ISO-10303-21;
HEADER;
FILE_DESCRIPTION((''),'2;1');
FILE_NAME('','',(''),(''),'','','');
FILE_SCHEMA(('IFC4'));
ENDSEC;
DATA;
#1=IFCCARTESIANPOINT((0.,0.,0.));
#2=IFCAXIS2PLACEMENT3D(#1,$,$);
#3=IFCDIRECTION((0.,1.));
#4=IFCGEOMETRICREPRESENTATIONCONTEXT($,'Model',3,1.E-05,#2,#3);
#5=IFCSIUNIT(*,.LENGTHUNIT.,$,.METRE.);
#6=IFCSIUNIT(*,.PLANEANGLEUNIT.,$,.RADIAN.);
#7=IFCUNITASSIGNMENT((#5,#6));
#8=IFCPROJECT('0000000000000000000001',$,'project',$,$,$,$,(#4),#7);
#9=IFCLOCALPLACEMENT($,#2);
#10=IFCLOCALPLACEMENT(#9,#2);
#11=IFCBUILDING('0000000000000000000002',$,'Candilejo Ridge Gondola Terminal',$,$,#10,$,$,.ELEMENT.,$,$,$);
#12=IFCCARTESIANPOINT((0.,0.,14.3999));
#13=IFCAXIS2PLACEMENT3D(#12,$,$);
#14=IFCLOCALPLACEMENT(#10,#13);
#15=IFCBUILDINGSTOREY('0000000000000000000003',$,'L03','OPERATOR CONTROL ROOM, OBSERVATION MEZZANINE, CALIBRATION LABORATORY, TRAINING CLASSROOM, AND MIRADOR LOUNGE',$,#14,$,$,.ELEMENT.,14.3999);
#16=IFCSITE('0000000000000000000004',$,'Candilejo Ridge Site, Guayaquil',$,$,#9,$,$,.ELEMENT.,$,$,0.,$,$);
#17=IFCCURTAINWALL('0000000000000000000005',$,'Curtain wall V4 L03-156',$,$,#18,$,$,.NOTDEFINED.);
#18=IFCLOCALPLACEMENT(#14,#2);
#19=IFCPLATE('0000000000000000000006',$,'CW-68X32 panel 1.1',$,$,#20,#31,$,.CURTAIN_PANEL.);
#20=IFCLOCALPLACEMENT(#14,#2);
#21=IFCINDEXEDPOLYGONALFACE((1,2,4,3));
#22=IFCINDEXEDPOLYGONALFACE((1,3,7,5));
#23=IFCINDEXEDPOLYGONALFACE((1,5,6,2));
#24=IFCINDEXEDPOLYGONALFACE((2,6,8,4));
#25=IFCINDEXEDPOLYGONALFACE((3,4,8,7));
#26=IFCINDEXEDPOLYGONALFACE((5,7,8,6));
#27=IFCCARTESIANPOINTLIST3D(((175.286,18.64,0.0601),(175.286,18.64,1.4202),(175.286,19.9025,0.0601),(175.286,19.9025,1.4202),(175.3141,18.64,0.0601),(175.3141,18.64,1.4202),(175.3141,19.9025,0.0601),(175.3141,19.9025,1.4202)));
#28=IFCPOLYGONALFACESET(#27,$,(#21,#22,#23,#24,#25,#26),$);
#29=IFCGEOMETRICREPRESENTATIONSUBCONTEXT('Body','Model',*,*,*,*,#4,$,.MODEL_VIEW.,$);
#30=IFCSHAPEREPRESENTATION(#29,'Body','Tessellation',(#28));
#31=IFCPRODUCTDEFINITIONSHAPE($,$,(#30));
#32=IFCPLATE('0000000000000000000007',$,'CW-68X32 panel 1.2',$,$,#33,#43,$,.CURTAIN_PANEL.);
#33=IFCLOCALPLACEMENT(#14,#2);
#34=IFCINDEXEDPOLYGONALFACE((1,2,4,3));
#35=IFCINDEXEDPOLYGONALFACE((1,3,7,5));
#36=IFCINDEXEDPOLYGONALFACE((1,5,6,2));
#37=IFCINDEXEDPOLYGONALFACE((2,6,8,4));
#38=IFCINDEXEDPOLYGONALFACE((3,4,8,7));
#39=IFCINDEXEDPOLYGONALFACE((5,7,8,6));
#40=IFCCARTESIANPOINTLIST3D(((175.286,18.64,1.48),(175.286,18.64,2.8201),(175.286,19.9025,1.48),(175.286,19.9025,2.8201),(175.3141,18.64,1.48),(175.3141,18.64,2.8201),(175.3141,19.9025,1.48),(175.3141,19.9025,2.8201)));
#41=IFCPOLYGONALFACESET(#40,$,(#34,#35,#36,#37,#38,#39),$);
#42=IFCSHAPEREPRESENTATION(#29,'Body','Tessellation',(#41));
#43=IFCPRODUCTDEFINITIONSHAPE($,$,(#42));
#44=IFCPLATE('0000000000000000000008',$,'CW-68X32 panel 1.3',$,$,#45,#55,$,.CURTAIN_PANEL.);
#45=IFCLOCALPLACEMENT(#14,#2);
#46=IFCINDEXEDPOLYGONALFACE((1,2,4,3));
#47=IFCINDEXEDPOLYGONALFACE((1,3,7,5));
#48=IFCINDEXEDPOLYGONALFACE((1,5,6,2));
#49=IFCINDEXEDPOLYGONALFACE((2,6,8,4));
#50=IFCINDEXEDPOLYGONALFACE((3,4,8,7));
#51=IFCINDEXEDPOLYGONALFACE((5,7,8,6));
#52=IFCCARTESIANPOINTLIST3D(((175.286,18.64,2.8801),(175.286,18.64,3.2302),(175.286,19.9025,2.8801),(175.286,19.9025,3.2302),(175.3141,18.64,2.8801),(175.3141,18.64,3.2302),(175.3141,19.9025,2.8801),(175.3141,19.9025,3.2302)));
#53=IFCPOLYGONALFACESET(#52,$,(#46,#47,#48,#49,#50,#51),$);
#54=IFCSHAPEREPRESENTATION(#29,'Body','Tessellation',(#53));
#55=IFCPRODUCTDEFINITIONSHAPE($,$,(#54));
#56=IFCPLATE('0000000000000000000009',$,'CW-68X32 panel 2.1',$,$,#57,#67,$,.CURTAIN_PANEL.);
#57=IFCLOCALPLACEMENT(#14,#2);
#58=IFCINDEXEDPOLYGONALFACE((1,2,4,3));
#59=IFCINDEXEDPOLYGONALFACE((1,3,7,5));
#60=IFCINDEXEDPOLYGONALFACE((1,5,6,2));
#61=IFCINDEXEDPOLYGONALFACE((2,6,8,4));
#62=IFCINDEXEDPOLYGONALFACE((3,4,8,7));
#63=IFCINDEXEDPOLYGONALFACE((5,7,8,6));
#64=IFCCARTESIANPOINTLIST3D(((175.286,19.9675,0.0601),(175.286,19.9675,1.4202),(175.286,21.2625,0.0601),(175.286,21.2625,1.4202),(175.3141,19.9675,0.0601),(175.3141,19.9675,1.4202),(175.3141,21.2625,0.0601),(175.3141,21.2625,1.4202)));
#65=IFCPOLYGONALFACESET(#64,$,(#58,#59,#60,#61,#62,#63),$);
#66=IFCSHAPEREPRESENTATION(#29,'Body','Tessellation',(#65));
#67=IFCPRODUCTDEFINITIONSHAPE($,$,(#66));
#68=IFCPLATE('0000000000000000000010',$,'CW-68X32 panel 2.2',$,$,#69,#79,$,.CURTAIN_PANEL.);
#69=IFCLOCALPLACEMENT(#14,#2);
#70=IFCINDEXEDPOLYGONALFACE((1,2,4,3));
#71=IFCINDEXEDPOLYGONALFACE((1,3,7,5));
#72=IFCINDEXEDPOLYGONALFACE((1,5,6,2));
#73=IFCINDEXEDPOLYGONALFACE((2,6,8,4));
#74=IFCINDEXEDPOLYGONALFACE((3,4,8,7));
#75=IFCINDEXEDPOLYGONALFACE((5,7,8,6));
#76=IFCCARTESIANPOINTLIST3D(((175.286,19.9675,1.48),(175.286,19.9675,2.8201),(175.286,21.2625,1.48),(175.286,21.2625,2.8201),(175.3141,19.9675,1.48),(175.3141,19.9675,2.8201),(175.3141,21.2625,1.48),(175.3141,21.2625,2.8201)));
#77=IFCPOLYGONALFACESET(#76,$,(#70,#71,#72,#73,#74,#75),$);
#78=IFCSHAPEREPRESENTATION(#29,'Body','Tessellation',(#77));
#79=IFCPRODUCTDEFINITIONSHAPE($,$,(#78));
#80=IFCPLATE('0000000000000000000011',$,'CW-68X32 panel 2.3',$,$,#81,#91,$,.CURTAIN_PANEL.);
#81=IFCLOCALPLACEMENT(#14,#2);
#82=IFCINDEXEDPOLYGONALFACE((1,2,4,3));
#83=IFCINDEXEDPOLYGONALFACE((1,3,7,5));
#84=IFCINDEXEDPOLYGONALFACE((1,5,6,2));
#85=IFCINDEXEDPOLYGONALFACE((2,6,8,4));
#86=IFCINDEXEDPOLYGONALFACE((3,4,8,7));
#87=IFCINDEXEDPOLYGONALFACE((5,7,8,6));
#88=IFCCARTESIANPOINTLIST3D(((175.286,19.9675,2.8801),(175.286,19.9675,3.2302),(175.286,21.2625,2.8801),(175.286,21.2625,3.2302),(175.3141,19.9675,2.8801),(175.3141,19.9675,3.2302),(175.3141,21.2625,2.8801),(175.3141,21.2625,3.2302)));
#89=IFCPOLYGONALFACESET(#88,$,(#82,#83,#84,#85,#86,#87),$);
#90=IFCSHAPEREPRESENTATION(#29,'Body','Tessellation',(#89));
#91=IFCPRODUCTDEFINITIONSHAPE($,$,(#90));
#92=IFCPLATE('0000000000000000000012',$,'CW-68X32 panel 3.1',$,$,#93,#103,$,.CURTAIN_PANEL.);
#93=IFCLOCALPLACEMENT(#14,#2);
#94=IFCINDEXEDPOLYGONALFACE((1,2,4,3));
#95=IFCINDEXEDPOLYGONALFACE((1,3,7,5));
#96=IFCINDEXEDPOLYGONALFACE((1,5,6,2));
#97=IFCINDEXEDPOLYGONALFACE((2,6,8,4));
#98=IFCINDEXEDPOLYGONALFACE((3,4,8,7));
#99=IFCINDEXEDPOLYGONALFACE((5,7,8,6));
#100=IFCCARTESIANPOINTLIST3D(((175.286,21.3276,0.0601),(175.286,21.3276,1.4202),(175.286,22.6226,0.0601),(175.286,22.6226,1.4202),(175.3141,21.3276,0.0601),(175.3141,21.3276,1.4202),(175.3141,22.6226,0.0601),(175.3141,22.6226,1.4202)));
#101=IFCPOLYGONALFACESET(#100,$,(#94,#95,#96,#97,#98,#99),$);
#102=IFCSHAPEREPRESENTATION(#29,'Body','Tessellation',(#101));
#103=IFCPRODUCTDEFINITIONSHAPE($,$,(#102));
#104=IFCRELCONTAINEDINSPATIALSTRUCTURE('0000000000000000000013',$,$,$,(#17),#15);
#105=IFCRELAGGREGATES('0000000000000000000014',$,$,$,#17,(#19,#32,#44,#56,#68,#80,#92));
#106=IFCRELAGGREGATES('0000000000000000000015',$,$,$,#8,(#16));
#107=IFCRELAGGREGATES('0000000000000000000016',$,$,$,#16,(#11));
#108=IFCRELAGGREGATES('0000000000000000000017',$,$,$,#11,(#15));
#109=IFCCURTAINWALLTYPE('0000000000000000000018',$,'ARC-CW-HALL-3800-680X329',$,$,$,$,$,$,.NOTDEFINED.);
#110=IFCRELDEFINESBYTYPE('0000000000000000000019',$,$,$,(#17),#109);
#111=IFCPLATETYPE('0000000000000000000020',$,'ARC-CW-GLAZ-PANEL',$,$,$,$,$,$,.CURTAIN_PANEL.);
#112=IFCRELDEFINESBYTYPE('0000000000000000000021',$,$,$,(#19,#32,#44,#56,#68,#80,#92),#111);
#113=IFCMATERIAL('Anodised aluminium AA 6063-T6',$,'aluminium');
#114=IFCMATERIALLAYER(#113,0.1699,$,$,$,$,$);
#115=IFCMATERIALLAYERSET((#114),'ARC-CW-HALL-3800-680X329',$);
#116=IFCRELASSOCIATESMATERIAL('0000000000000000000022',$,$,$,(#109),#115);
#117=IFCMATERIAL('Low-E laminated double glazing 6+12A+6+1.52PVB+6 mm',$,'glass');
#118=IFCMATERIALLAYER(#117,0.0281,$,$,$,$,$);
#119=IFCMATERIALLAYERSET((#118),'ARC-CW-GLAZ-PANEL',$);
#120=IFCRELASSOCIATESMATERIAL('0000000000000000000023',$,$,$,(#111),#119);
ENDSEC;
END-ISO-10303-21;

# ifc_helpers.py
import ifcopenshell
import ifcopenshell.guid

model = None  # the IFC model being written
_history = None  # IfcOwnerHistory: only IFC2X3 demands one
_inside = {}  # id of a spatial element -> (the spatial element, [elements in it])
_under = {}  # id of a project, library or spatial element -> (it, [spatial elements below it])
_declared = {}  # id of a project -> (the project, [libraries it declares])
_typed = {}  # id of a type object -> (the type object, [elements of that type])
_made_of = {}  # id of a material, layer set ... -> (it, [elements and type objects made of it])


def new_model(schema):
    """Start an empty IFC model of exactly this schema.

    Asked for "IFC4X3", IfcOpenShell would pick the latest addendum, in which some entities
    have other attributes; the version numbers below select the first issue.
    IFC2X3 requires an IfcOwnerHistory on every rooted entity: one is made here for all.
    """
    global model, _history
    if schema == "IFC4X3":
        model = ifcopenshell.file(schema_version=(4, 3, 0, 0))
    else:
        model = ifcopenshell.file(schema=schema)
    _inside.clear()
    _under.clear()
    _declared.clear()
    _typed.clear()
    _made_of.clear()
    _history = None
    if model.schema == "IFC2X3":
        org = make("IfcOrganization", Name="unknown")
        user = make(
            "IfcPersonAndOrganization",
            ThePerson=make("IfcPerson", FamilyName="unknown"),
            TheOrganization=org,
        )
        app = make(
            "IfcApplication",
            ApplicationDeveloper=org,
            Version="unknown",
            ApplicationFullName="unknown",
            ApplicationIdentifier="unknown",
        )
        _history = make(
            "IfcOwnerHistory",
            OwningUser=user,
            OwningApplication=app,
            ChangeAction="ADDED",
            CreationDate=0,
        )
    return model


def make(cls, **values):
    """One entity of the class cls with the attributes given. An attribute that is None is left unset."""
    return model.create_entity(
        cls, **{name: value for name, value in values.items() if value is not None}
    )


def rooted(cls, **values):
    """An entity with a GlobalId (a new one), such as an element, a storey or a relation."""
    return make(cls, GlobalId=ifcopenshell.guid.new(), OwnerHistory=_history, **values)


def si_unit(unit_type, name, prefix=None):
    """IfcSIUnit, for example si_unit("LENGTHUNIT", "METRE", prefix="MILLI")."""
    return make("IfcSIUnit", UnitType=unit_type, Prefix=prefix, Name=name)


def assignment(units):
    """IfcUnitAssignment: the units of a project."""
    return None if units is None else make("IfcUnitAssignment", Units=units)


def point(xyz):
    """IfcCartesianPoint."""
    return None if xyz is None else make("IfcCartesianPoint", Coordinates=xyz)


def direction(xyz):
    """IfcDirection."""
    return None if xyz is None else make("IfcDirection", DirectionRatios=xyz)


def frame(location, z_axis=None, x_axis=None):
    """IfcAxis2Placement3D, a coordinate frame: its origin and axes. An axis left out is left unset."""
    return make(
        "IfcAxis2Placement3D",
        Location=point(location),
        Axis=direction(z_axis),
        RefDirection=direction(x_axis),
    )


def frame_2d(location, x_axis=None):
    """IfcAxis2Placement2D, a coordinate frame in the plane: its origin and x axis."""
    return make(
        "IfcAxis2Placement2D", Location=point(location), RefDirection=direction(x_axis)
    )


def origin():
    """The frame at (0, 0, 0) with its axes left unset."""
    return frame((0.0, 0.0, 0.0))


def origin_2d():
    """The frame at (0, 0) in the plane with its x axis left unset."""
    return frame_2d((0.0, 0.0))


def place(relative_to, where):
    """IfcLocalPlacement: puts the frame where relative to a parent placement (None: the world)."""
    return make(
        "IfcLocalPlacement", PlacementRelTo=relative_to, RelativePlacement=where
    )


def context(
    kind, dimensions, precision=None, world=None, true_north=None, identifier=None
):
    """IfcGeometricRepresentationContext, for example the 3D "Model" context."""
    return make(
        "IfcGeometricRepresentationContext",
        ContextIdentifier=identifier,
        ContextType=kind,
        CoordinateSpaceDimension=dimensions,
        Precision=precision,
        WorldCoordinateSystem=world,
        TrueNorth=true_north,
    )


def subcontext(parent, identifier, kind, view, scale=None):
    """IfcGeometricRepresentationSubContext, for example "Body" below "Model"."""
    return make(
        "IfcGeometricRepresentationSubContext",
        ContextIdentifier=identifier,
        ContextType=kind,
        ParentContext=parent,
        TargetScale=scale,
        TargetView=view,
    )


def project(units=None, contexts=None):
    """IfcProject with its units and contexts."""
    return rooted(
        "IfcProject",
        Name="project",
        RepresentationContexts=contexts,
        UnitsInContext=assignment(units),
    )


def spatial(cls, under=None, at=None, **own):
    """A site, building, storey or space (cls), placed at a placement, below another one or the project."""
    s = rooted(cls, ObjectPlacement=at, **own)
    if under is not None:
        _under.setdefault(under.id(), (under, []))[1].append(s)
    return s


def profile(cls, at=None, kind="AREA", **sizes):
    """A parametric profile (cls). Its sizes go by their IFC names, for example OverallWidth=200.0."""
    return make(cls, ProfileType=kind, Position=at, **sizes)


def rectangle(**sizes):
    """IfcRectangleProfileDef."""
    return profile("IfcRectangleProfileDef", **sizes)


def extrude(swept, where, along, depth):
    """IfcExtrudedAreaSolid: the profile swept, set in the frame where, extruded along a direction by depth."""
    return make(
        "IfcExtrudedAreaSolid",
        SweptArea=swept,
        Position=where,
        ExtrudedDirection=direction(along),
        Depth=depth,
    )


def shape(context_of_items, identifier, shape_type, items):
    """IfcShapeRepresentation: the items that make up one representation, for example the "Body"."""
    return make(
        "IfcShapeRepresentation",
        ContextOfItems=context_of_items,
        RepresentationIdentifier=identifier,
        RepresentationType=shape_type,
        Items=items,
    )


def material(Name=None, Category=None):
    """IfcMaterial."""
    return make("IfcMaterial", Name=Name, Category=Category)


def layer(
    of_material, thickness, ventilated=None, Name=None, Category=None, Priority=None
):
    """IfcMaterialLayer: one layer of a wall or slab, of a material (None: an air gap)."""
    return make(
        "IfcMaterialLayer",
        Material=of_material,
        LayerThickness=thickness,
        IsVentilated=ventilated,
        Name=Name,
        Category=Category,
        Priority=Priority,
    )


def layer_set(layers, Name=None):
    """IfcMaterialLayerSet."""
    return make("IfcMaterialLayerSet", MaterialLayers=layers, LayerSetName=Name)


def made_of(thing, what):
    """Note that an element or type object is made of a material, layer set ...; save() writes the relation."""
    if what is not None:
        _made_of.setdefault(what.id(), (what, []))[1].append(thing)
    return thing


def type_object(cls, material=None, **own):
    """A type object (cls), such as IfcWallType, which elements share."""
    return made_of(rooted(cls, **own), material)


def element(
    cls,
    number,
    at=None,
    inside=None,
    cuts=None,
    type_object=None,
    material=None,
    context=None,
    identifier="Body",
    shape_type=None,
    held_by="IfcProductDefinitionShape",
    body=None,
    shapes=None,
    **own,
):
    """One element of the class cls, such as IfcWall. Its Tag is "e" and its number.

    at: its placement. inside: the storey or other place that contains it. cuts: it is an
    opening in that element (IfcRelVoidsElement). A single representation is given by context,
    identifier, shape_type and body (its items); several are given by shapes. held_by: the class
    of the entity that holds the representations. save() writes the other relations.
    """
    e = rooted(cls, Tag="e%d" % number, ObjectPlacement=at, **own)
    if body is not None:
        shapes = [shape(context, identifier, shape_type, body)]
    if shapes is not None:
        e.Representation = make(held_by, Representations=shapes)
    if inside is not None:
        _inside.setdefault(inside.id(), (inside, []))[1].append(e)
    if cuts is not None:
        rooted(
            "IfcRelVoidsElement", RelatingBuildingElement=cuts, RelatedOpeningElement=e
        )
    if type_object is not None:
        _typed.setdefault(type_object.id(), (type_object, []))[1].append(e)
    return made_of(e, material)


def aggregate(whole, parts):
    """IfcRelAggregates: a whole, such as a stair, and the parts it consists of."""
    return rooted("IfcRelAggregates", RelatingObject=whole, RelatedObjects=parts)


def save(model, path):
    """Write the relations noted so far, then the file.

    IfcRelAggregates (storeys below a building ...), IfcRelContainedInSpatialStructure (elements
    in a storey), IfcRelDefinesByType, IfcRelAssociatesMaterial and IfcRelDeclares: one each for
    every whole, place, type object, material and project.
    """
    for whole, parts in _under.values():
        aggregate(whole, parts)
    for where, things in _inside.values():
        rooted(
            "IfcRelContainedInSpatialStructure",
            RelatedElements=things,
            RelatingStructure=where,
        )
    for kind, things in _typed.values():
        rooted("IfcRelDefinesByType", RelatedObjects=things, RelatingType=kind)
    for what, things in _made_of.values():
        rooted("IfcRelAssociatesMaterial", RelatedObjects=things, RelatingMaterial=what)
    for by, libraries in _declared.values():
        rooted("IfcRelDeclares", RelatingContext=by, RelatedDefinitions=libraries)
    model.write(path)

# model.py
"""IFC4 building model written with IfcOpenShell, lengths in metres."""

from ifc_helpers import new_model, si_unit, direction, frame, origin, origin_2d, place, context, subcontext, project, spatial, rectangle, extrude, material, layer, layer_set, type_object, element, aggregate, save


model = new_model("IFC4")

# Units and contexts
model_context = context("Model", 3, precision=1e-05, world=origin(), true_north=direction((0.0, 1.0)))
body_context = subcontext(model_context, "Body", "Model", "MODEL_VIEW")
ifc_project = project(units=[si_unit("LENGTHUNIT", "METRE"), si_unit("PLANEANGLEUNIT", "RADIAN")], contexts=[model_context])

# Site, building, storey
site_placement = place(None, origin())
site = spatial("IfcSite", under=ifc_project, at=site_placement, Name="Candilejo Ridge Site, Guayaquil", CompositionType="ELEMENT", RefElevation=0.0)
building_placement = place(site_placement, origin())
building = spatial("IfcBuilding", under=site, at=building_placement, Name="Candilejo Ridge Gondola Terminal", CompositionType="ELEMENT")
storey_placement = place(building_placement, frame((0.0, 0.0, 14.3999)))
storey = spatial("IfcBuildingStorey", under=building, at=storey_placement, Name="L03", Description="OPERATOR CONTROL ROOM, OBSERVATION MEZZANINE, CALIBRATION LABORATORY, TRAINING CLASSROOM, AND MIRADOR LOUNGE", CompositionType="ELEMENT", Elevation=14.3999)

# Curtain wall, plates
ifc_material_1 = material(Name="Anodised aluminium AA 6063-T6", Category="aluminium")
ifc_layer_1 = layer(ifc_material_1, 0.1699)
ifc_layer_set_1 = layer_set([ifc_layer_1], Name="ARC-CW-HALL-3800-680X329")
curtain_wall_type = type_object("IfcCurtainWallType", Name="ARC-CW-HALL-3800-680X329", PredefinedType="NOTDEFINED", material=ifc_layer_set_1)
curtain_wall_placement = place(storey_placement, origin())
curtain_wall = element("IfcCurtainWall", 1, at=curtain_wall_placement, inside=storey, type_object=curtain_wall_type, Name="Curtain wall V4 L03-156", PredefinedType="NOTDEFINED")
ifc_material_2 = material(Name="Low-E laminated double glazing 6+12A+6+1.52PVB+6 mm", Category="glass")
ifc_layer_2 = layer(ifc_material_2, 0.0281)
ifc_layer_set_2 = layer_set([ifc_layer_2], Name="ARC-CW-GLAZ-PANEL")
plate_type = type_object("IfcPlateType", Name="ARC-CW-GLAZ-PANEL", PredefinedType="CURTAIN_PANEL", material=ifc_layer_set_2)
plate_1_placement = place(storey_placement, frame((175.3, 19.2712, 0.0601), z_axis=(0.0, 0.0, 1.0), x_axis=(0.0, 1.0, 0.0)))
plate_1 = element("IfcPlate", 2, at=plate_1_placement, type_object=plate_type, Name="CW-68X32 panel 1.1", PredefinedType="CURTAIN_PANEL", context=body_context, shape_type="SweptSolid", body=[
    extrude(rectangle(XDim=1.2625, YDim=0.0281, at=origin_2d()), origin(), (0.0, 0.0, 1.0), 1.3601),
])
plate_2_placement = place(storey_placement, frame((175.3, 19.2712, 1.48), z_axis=(0.0, 0.0, 1.0), x_axis=(0.0, 1.0, 0.0)))
plate_2 = element("IfcPlate", 3, at=plate_2_placement, type_object=plate_type, Name="CW-68X32 panel 1.2", PredefinedType="CURTAIN_PANEL", context=body_context, shape_type="SweptSolid", body=[
    extrude(rectangle(XDim=1.2625, YDim=0.0281, at=origin_2d()), origin(), (0.0, 0.0, 1.0), 1.3401),
])
plate_3_placement = place(storey_placement, frame((175.3, 19.2712, 2.8801), z_axis=(0.0, 0.0, 1.0), x_axis=(0.0, 1.0, 0.0)))
plate_3 = element("IfcPlate", 4, at=plate_3_placement, type_object=plate_type, Name="CW-68X32 panel 1.3", PredefinedType="CURTAIN_PANEL", context=body_context, shape_type="SweptSolid", body=[
    extrude(rectangle(XDim=1.2625, YDim=0.0281, at=origin_2d()), origin(), (0.0, 0.0, 1.0), 0.3501),
])
plate_4_placement = place(storey_placement, frame((175.3, 20.615, 0.0601), z_axis=(0.0, 0.0, 1.0), x_axis=(0.0, 1.0, 0.0)))
plate_4 = element("IfcPlate", 5, at=plate_4_placement, type_object=plate_type, Name="CW-68X32 panel 2.1", PredefinedType="CURTAIN_PANEL", context=body_context, shape_type="SweptSolid", body=[
    extrude(rectangle(XDim=1.2949, YDim=0.0281, at=origin_2d()), origin(), (0.0, 0.0, 1.0), 1.3601),
])
plate_5_placement = place(storey_placement, frame((175.3, 20.615, 1.48), z_axis=(0.0, 0.0, 1.0), x_axis=(0.0, 1.0, 0.0)))
plate_5 = element("IfcPlate", 6, at=plate_5_placement, type_object=plate_type, Name="CW-68X32 panel 2.2", PredefinedType="CURTAIN_PANEL", context=body_context, shape_type="SweptSolid", body=[
    extrude(rectangle(XDim=1.2949, YDim=0.0281, at=origin_2d()), origin(), (0.0, 0.0, 1.0), 1.3401),
])
plate_6_placement = place(storey_placement, frame((175.3, 20.615, 2.8801), z_axis=(0.0, 0.0, 1.0), x_axis=(0.0, 1.0, 0.0)))
plate_6 = element("IfcPlate", 7, at=plate_6_placement, type_object=plate_type, Name="CW-68X32 panel 2.3", PredefinedType="CURTAIN_PANEL", context=body_context, shape_type="SweptSolid", body=[
    extrude(rectangle(XDim=1.2949, YDim=0.0281, at=origin_2d()), origin(), (0.0, 0.0, 1.0), 0.3501),
])
plate_7_placement = place(storey_placement, frame((175.3, 21.9751, 0.0601), z_axis=(0.0, 0.0, 1.0), x_axis=(0.0, 1.0, 0.0)))
plate_7 = element("IfcPlate", 8, at=plate_7_placement, type_object=plate_type, Name="CW-68X32 panel 3.1", PredefinedType="CURTAIN_PANEL", context=body_context, shape_type="SweptSolid", body=[
    extrude(rectangle(XDim=1.2949, YDim=0.0281, at=origin_2d()), origin(), (0.0, 0.0, 1.0), 1.3601),
])
aggregate(curtain_wall, [plate_1, plate_2, plate_3, plate_4, plate_5, plate_6, plate_7])

save(model, "model.ifc")
